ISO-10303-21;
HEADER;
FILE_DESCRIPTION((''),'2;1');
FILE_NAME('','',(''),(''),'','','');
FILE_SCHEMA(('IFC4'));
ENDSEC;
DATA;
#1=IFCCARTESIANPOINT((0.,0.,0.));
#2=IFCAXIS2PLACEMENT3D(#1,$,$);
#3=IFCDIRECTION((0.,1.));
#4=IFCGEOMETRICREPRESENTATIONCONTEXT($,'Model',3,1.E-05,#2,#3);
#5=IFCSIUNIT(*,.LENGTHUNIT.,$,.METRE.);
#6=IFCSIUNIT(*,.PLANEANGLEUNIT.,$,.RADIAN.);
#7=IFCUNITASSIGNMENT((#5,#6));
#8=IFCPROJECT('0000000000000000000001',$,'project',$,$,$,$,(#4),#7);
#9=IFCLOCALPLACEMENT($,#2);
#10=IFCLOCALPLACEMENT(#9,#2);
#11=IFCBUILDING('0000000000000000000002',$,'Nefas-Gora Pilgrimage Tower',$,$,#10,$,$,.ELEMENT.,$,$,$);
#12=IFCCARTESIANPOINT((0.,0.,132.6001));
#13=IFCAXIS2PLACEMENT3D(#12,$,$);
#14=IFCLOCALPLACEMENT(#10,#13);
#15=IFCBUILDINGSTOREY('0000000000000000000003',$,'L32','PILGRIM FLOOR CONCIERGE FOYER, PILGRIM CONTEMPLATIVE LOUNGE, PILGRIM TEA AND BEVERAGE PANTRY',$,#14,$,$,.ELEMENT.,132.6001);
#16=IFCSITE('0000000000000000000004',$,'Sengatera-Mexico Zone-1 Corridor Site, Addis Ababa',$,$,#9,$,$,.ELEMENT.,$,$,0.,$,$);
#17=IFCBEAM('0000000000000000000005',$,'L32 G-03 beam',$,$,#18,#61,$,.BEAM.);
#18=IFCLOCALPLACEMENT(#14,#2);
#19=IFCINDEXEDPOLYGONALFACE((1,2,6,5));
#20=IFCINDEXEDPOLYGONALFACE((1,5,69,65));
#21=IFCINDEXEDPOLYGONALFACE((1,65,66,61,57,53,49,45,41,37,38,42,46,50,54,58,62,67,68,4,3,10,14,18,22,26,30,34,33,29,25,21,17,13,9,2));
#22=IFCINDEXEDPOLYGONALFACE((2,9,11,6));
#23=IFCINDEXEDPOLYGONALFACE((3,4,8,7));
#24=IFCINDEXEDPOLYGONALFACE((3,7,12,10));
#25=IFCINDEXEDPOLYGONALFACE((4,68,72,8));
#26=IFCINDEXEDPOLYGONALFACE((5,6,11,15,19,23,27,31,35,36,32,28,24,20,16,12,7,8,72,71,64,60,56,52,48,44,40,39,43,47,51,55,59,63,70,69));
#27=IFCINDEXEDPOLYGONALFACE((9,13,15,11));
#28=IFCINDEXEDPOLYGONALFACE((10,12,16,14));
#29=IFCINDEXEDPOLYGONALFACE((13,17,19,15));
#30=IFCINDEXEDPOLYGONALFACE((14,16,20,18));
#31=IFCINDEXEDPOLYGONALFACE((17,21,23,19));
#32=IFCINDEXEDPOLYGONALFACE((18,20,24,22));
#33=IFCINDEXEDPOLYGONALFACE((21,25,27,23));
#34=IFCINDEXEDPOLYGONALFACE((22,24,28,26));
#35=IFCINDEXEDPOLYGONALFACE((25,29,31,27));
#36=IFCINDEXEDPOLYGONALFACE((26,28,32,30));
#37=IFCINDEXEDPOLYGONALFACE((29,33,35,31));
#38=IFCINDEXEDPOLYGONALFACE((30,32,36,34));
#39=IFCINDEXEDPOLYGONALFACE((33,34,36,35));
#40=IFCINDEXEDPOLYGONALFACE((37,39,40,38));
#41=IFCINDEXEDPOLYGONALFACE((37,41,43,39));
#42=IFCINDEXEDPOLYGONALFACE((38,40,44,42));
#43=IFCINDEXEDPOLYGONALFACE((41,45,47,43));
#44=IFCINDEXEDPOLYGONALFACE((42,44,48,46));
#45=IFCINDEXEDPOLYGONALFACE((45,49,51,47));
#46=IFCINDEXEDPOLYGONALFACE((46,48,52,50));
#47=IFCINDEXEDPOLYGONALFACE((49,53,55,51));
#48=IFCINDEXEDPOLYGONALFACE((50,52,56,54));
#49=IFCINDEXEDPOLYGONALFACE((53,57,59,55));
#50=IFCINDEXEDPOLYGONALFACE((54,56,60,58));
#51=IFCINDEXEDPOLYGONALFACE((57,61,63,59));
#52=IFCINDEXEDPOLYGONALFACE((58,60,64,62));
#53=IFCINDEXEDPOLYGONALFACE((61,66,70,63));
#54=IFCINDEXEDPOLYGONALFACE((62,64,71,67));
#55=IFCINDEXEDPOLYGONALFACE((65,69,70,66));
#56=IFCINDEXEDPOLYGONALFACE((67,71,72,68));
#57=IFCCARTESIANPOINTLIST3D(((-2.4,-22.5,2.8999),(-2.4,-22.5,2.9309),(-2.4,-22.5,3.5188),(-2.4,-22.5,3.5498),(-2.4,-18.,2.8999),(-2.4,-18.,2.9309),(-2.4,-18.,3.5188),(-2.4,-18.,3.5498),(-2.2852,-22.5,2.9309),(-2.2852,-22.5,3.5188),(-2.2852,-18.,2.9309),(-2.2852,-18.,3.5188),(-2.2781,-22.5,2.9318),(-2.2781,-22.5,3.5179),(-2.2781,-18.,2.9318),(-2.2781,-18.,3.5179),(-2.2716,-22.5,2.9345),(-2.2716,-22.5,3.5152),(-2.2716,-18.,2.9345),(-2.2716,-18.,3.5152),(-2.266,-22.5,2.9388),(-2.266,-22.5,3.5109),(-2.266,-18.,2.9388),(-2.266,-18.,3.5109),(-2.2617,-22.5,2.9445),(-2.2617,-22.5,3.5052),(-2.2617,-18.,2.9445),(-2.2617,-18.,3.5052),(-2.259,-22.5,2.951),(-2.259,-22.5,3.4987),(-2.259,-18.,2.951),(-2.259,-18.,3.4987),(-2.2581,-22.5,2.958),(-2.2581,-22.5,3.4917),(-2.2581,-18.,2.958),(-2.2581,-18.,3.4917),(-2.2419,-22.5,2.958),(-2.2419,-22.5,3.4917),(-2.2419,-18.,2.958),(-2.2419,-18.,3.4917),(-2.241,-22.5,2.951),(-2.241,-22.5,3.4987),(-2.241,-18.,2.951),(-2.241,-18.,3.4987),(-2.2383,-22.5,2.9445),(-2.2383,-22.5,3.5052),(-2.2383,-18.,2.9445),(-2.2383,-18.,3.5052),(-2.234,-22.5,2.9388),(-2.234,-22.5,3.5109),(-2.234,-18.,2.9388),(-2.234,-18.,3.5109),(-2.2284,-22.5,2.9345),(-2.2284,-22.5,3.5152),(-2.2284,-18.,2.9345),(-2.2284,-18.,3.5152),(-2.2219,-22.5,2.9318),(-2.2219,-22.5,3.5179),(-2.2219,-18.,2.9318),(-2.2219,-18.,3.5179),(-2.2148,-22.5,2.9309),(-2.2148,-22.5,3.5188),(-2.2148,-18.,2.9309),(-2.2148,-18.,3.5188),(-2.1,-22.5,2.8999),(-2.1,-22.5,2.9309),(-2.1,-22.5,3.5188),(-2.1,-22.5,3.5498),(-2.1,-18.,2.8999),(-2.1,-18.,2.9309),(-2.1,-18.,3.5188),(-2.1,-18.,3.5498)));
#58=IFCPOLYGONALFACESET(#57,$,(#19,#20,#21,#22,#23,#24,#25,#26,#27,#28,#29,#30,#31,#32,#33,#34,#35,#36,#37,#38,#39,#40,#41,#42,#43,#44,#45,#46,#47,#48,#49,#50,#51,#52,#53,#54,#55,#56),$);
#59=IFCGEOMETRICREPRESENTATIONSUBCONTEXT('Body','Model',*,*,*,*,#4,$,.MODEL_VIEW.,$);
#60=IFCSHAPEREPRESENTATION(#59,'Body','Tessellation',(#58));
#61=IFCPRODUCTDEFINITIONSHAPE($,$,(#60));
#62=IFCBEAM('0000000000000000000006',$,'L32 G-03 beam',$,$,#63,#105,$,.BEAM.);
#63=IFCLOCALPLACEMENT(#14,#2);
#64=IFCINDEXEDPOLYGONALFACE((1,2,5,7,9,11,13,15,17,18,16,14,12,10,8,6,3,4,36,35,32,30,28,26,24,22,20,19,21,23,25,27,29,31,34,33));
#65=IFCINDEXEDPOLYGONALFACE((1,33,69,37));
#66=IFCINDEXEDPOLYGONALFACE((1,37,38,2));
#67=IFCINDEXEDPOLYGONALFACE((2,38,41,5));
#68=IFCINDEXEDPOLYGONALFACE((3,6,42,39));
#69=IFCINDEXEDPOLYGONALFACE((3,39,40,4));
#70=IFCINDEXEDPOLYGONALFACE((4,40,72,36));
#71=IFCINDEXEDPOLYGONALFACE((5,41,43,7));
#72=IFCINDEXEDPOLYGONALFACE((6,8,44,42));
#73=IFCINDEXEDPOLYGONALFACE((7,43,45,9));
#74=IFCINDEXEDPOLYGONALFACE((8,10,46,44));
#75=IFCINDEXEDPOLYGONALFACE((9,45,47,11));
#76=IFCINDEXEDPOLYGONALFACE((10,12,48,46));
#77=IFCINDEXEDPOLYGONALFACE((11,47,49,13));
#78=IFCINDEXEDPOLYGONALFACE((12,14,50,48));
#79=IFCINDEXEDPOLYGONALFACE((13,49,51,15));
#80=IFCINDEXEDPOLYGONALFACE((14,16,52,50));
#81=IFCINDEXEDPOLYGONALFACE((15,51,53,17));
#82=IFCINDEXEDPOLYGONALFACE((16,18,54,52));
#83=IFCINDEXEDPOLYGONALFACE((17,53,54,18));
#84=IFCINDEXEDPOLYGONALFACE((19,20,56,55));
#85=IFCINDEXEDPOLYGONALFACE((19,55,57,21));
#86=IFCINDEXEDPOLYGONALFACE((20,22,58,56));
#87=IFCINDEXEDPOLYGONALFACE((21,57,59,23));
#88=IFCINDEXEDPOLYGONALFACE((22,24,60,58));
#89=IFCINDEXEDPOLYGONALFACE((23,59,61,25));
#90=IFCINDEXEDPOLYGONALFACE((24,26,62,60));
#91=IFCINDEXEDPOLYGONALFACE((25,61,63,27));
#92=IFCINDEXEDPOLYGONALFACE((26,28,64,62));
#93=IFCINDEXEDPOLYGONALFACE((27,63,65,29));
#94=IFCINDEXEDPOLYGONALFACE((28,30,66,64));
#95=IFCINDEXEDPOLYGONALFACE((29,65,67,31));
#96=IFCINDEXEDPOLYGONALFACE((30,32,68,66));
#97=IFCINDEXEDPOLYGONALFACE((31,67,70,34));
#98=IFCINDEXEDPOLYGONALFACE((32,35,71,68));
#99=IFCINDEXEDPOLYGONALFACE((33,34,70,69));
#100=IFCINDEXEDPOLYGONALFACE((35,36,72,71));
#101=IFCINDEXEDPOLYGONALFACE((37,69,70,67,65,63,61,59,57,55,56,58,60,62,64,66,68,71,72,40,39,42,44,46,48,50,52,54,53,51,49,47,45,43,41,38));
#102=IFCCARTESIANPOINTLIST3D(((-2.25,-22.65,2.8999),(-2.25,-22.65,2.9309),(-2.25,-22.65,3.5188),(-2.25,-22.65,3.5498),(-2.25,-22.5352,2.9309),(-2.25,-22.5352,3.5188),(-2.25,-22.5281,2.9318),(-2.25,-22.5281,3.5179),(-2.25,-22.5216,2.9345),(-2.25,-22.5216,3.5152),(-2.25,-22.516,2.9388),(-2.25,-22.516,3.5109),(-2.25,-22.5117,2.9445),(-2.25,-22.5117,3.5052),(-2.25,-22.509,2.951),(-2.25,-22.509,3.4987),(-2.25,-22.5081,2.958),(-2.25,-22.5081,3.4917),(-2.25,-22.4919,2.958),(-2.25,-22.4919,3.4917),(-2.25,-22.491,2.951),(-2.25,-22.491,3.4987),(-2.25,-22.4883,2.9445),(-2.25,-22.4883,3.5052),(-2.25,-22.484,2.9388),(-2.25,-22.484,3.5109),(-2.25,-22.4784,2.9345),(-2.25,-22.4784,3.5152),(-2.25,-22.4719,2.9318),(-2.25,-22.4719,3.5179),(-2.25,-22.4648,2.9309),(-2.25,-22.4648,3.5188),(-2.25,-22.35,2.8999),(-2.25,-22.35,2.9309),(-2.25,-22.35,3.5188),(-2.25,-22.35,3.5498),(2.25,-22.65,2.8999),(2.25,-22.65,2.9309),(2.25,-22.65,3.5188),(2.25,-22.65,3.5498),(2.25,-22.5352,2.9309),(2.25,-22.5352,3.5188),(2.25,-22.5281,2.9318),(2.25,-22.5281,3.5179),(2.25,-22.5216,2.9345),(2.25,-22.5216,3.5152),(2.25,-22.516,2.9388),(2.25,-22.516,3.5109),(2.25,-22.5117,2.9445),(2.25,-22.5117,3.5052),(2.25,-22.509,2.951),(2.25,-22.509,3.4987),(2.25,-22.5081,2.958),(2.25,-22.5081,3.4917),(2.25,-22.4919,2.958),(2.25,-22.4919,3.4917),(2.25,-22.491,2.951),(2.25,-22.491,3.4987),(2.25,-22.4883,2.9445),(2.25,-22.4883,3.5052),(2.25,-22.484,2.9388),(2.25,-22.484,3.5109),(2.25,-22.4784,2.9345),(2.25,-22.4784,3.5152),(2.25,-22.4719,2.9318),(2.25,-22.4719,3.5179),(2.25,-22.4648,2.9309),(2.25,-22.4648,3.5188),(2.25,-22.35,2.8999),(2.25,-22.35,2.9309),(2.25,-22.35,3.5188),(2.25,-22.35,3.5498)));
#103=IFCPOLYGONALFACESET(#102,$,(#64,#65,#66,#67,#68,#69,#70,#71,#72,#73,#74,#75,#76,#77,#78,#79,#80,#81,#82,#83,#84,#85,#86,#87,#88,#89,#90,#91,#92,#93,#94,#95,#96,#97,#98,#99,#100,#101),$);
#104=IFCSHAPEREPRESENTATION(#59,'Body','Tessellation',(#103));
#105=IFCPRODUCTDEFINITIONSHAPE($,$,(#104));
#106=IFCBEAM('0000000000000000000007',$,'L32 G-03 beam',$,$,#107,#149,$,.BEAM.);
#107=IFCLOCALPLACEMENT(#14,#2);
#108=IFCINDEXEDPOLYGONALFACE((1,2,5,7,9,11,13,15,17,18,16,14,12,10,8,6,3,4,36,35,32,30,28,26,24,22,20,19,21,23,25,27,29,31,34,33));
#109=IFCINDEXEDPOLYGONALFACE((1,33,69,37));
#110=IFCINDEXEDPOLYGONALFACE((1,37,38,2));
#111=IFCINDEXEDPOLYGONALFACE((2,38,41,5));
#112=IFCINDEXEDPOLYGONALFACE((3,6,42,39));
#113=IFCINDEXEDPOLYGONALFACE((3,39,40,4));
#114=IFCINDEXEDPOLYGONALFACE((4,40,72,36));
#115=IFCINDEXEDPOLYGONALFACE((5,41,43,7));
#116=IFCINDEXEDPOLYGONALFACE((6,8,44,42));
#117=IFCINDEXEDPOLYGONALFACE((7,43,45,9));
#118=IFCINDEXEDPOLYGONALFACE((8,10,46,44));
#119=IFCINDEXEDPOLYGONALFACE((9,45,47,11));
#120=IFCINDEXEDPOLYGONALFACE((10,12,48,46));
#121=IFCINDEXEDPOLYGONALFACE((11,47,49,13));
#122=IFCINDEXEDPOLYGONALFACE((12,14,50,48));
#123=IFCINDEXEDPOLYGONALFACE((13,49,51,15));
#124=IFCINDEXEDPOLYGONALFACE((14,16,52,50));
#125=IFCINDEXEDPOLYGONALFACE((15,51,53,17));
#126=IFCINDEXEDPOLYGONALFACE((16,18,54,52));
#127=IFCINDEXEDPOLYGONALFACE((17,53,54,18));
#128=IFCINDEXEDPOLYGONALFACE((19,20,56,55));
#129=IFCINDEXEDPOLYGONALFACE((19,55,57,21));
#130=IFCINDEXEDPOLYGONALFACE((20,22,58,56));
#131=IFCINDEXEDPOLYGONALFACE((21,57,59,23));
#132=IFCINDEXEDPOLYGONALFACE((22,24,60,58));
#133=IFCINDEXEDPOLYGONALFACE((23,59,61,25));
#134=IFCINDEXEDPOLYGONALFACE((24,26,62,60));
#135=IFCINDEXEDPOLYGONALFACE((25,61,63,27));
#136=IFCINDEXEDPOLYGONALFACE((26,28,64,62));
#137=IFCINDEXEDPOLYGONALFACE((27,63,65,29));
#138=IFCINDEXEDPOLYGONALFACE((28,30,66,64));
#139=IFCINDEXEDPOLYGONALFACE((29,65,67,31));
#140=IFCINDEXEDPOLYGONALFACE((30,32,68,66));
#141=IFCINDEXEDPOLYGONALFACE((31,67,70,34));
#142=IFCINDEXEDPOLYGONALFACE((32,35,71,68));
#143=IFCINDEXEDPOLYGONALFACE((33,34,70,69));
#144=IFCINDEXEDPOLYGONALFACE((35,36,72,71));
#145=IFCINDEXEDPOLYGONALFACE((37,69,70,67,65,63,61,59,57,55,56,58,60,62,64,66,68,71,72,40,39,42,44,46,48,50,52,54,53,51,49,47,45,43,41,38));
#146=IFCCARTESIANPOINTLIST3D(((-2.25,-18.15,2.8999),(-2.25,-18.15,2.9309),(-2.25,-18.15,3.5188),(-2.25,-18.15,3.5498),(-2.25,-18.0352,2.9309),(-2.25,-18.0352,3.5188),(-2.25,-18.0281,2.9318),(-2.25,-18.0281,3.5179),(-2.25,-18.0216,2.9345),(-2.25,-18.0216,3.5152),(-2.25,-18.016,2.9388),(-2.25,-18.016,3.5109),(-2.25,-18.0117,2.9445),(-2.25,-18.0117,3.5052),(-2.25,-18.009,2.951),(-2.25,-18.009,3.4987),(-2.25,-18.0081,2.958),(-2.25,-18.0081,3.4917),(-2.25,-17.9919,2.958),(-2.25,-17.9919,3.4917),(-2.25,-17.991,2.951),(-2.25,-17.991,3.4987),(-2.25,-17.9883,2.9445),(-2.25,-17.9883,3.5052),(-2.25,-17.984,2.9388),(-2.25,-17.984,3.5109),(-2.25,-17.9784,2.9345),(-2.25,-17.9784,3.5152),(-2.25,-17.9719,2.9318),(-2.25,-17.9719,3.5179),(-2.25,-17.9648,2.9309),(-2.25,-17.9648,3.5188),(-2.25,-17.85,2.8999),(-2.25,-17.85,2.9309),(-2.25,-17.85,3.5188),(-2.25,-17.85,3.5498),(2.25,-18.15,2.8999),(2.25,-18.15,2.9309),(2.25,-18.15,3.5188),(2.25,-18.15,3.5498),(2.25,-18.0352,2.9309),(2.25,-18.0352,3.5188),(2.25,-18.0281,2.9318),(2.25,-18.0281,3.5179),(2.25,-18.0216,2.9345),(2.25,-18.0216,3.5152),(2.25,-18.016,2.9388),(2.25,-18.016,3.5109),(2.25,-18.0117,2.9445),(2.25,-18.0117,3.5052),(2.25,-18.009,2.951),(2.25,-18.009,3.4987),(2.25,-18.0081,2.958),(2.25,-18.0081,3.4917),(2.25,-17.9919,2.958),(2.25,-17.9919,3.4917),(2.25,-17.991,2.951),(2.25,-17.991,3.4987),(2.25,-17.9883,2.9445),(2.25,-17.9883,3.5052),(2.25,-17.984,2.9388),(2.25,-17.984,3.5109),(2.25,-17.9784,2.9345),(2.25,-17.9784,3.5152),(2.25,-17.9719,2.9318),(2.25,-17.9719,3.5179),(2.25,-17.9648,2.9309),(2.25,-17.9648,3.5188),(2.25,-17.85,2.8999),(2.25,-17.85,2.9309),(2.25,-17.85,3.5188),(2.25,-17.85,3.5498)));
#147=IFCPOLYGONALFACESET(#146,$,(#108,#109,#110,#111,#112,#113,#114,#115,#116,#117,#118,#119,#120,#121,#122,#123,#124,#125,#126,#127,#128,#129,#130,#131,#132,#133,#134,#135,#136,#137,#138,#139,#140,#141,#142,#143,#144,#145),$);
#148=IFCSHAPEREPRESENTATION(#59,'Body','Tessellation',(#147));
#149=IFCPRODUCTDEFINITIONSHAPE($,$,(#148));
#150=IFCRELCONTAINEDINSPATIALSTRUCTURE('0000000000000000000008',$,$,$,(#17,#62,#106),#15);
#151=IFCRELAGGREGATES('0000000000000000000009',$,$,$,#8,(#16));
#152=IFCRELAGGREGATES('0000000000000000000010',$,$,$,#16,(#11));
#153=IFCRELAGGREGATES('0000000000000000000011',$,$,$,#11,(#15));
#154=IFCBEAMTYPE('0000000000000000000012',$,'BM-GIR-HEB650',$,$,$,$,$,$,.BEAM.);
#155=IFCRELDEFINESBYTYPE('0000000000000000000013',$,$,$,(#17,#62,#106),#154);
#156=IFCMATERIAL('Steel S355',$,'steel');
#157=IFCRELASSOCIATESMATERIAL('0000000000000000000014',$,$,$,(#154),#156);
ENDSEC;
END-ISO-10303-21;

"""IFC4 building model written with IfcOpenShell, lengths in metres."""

from ifc_helpers import new_model, si_unit, direction, frame, origin, origin_2d, place, context, subcontext, project, spatial, i_section, extrude, source, transform, mapped, material, material_profile, profile_set, type_object, element, save


model = new_model("IFC4")

# Units and contexts
model_context = context("Model", 3, precision=1e-05, world=origin(), true_north=direction((0.0, 1.0)))
body_context = subcontext(model_context, "Body", "Model", "MODEL_VIEW")
ifc_project = project(units=[si_unit("LENGTHUNIT", "METRE"), si_unit("PLANEANGLEUNIT", "RADIAN")], contexts=[model_context])

# Site, building, storey
site_placement = place(None, origin())
site = spatial("IfcSite", under=ifc_project, at=site_placement, Name="Sengatera-Mexico Zone-1 Corridor Site, Addis Ababa", CompositionType="ELEMENT", RefElevation=0.0)
building_placement = place(site_placement, origin())
building = spatial("IfcBuilding", under=site, at=building_placement, Name="Nefas-Gora Pilgrimage Tower", CompositionType="ELEMENT")
storey_placement = place(building_placement, frame((0.0, 0.0, 132.6001)))
storey = spatial("IfcBuildingStorey", under=building, at=storey_placement, Name="L32", Description="PILGRIM FLOOR CONCIERGE FOYER, PILGRIM CONTEMPLATIVE LOUNGE, PILGRIM TEA AND BEVERAGE PANTRY", CompositionType="ELEMENT", Elevation=132.6001)

# Beams
ifc_material_1 = material(Name="Steel S355", Category="steel")
ifc_material_profile_1 = material_profile(ifc_material_1, i_section(OverallWidth=0.3, OverallDepth=0.6499, WebThickness=0.0161, FlangeThickness=0.031, FilletRadius=0.0271, at=origin_2d()), Name="HEB 650")
ifc_profile_set_1 = profile_set([ifc_material_profile_1], Name="Steel S355")
beam_type = type_object("IfcBeamType", Name="BM-GIR-HEB650", PredefinedType="BEAM", material=ifc_profile_set_1)
shared_shape_1 = source(origin(), body_context, "Body", "SweptSolid", [
    extrude(i_section(OverallWidth=0.3, OverallDepth=0.6499, WebThickness=0.0161, FlangeThickness=0.031, FilletRadius=0.0271, at=origin_2d()), origin(), (0.0, 0.0, 1.0), 4.5),
])
for number, where, z_axis, x_axis, name in (
    (1, (-2.25, -22.5, 3.2249), (0.0, 1.0, 0.0), (-1.0, 0.0, 0.0), "L32 G-03 beam"),
    (2, (-2.25, -22.5, 3.2249), (1.0, 0.0, 0.0), (0.0, 1.0, 0.0), "L32 G-03 beam"),
    (3, (-2.25, -18.0, 3.2249), (1.0, 0.0, 0.0), (0.0, 1.0, 0.0), "L32 G-03 beam"),
):
    element("IfcBeam", number, at=place(storey_placement, frame(where, z_axis=z_axis, x_axis=x_axis)), inside=storey, type_object=beam_type, Name=name, PredefinedType="BEAM", context=body_context, shape_type="MappedRepresentation", body=[
        mapped(shared_shape_1, transform((0.0, 0.0, 0.0), x_axis=(1.0, 0.0, 0.0), y_axis=(0.0, 1.0, 0.0), z_axis=(0.0, 0.0, 1.0), scale=1.0)),
    ])

save(model, "model.ifc")
